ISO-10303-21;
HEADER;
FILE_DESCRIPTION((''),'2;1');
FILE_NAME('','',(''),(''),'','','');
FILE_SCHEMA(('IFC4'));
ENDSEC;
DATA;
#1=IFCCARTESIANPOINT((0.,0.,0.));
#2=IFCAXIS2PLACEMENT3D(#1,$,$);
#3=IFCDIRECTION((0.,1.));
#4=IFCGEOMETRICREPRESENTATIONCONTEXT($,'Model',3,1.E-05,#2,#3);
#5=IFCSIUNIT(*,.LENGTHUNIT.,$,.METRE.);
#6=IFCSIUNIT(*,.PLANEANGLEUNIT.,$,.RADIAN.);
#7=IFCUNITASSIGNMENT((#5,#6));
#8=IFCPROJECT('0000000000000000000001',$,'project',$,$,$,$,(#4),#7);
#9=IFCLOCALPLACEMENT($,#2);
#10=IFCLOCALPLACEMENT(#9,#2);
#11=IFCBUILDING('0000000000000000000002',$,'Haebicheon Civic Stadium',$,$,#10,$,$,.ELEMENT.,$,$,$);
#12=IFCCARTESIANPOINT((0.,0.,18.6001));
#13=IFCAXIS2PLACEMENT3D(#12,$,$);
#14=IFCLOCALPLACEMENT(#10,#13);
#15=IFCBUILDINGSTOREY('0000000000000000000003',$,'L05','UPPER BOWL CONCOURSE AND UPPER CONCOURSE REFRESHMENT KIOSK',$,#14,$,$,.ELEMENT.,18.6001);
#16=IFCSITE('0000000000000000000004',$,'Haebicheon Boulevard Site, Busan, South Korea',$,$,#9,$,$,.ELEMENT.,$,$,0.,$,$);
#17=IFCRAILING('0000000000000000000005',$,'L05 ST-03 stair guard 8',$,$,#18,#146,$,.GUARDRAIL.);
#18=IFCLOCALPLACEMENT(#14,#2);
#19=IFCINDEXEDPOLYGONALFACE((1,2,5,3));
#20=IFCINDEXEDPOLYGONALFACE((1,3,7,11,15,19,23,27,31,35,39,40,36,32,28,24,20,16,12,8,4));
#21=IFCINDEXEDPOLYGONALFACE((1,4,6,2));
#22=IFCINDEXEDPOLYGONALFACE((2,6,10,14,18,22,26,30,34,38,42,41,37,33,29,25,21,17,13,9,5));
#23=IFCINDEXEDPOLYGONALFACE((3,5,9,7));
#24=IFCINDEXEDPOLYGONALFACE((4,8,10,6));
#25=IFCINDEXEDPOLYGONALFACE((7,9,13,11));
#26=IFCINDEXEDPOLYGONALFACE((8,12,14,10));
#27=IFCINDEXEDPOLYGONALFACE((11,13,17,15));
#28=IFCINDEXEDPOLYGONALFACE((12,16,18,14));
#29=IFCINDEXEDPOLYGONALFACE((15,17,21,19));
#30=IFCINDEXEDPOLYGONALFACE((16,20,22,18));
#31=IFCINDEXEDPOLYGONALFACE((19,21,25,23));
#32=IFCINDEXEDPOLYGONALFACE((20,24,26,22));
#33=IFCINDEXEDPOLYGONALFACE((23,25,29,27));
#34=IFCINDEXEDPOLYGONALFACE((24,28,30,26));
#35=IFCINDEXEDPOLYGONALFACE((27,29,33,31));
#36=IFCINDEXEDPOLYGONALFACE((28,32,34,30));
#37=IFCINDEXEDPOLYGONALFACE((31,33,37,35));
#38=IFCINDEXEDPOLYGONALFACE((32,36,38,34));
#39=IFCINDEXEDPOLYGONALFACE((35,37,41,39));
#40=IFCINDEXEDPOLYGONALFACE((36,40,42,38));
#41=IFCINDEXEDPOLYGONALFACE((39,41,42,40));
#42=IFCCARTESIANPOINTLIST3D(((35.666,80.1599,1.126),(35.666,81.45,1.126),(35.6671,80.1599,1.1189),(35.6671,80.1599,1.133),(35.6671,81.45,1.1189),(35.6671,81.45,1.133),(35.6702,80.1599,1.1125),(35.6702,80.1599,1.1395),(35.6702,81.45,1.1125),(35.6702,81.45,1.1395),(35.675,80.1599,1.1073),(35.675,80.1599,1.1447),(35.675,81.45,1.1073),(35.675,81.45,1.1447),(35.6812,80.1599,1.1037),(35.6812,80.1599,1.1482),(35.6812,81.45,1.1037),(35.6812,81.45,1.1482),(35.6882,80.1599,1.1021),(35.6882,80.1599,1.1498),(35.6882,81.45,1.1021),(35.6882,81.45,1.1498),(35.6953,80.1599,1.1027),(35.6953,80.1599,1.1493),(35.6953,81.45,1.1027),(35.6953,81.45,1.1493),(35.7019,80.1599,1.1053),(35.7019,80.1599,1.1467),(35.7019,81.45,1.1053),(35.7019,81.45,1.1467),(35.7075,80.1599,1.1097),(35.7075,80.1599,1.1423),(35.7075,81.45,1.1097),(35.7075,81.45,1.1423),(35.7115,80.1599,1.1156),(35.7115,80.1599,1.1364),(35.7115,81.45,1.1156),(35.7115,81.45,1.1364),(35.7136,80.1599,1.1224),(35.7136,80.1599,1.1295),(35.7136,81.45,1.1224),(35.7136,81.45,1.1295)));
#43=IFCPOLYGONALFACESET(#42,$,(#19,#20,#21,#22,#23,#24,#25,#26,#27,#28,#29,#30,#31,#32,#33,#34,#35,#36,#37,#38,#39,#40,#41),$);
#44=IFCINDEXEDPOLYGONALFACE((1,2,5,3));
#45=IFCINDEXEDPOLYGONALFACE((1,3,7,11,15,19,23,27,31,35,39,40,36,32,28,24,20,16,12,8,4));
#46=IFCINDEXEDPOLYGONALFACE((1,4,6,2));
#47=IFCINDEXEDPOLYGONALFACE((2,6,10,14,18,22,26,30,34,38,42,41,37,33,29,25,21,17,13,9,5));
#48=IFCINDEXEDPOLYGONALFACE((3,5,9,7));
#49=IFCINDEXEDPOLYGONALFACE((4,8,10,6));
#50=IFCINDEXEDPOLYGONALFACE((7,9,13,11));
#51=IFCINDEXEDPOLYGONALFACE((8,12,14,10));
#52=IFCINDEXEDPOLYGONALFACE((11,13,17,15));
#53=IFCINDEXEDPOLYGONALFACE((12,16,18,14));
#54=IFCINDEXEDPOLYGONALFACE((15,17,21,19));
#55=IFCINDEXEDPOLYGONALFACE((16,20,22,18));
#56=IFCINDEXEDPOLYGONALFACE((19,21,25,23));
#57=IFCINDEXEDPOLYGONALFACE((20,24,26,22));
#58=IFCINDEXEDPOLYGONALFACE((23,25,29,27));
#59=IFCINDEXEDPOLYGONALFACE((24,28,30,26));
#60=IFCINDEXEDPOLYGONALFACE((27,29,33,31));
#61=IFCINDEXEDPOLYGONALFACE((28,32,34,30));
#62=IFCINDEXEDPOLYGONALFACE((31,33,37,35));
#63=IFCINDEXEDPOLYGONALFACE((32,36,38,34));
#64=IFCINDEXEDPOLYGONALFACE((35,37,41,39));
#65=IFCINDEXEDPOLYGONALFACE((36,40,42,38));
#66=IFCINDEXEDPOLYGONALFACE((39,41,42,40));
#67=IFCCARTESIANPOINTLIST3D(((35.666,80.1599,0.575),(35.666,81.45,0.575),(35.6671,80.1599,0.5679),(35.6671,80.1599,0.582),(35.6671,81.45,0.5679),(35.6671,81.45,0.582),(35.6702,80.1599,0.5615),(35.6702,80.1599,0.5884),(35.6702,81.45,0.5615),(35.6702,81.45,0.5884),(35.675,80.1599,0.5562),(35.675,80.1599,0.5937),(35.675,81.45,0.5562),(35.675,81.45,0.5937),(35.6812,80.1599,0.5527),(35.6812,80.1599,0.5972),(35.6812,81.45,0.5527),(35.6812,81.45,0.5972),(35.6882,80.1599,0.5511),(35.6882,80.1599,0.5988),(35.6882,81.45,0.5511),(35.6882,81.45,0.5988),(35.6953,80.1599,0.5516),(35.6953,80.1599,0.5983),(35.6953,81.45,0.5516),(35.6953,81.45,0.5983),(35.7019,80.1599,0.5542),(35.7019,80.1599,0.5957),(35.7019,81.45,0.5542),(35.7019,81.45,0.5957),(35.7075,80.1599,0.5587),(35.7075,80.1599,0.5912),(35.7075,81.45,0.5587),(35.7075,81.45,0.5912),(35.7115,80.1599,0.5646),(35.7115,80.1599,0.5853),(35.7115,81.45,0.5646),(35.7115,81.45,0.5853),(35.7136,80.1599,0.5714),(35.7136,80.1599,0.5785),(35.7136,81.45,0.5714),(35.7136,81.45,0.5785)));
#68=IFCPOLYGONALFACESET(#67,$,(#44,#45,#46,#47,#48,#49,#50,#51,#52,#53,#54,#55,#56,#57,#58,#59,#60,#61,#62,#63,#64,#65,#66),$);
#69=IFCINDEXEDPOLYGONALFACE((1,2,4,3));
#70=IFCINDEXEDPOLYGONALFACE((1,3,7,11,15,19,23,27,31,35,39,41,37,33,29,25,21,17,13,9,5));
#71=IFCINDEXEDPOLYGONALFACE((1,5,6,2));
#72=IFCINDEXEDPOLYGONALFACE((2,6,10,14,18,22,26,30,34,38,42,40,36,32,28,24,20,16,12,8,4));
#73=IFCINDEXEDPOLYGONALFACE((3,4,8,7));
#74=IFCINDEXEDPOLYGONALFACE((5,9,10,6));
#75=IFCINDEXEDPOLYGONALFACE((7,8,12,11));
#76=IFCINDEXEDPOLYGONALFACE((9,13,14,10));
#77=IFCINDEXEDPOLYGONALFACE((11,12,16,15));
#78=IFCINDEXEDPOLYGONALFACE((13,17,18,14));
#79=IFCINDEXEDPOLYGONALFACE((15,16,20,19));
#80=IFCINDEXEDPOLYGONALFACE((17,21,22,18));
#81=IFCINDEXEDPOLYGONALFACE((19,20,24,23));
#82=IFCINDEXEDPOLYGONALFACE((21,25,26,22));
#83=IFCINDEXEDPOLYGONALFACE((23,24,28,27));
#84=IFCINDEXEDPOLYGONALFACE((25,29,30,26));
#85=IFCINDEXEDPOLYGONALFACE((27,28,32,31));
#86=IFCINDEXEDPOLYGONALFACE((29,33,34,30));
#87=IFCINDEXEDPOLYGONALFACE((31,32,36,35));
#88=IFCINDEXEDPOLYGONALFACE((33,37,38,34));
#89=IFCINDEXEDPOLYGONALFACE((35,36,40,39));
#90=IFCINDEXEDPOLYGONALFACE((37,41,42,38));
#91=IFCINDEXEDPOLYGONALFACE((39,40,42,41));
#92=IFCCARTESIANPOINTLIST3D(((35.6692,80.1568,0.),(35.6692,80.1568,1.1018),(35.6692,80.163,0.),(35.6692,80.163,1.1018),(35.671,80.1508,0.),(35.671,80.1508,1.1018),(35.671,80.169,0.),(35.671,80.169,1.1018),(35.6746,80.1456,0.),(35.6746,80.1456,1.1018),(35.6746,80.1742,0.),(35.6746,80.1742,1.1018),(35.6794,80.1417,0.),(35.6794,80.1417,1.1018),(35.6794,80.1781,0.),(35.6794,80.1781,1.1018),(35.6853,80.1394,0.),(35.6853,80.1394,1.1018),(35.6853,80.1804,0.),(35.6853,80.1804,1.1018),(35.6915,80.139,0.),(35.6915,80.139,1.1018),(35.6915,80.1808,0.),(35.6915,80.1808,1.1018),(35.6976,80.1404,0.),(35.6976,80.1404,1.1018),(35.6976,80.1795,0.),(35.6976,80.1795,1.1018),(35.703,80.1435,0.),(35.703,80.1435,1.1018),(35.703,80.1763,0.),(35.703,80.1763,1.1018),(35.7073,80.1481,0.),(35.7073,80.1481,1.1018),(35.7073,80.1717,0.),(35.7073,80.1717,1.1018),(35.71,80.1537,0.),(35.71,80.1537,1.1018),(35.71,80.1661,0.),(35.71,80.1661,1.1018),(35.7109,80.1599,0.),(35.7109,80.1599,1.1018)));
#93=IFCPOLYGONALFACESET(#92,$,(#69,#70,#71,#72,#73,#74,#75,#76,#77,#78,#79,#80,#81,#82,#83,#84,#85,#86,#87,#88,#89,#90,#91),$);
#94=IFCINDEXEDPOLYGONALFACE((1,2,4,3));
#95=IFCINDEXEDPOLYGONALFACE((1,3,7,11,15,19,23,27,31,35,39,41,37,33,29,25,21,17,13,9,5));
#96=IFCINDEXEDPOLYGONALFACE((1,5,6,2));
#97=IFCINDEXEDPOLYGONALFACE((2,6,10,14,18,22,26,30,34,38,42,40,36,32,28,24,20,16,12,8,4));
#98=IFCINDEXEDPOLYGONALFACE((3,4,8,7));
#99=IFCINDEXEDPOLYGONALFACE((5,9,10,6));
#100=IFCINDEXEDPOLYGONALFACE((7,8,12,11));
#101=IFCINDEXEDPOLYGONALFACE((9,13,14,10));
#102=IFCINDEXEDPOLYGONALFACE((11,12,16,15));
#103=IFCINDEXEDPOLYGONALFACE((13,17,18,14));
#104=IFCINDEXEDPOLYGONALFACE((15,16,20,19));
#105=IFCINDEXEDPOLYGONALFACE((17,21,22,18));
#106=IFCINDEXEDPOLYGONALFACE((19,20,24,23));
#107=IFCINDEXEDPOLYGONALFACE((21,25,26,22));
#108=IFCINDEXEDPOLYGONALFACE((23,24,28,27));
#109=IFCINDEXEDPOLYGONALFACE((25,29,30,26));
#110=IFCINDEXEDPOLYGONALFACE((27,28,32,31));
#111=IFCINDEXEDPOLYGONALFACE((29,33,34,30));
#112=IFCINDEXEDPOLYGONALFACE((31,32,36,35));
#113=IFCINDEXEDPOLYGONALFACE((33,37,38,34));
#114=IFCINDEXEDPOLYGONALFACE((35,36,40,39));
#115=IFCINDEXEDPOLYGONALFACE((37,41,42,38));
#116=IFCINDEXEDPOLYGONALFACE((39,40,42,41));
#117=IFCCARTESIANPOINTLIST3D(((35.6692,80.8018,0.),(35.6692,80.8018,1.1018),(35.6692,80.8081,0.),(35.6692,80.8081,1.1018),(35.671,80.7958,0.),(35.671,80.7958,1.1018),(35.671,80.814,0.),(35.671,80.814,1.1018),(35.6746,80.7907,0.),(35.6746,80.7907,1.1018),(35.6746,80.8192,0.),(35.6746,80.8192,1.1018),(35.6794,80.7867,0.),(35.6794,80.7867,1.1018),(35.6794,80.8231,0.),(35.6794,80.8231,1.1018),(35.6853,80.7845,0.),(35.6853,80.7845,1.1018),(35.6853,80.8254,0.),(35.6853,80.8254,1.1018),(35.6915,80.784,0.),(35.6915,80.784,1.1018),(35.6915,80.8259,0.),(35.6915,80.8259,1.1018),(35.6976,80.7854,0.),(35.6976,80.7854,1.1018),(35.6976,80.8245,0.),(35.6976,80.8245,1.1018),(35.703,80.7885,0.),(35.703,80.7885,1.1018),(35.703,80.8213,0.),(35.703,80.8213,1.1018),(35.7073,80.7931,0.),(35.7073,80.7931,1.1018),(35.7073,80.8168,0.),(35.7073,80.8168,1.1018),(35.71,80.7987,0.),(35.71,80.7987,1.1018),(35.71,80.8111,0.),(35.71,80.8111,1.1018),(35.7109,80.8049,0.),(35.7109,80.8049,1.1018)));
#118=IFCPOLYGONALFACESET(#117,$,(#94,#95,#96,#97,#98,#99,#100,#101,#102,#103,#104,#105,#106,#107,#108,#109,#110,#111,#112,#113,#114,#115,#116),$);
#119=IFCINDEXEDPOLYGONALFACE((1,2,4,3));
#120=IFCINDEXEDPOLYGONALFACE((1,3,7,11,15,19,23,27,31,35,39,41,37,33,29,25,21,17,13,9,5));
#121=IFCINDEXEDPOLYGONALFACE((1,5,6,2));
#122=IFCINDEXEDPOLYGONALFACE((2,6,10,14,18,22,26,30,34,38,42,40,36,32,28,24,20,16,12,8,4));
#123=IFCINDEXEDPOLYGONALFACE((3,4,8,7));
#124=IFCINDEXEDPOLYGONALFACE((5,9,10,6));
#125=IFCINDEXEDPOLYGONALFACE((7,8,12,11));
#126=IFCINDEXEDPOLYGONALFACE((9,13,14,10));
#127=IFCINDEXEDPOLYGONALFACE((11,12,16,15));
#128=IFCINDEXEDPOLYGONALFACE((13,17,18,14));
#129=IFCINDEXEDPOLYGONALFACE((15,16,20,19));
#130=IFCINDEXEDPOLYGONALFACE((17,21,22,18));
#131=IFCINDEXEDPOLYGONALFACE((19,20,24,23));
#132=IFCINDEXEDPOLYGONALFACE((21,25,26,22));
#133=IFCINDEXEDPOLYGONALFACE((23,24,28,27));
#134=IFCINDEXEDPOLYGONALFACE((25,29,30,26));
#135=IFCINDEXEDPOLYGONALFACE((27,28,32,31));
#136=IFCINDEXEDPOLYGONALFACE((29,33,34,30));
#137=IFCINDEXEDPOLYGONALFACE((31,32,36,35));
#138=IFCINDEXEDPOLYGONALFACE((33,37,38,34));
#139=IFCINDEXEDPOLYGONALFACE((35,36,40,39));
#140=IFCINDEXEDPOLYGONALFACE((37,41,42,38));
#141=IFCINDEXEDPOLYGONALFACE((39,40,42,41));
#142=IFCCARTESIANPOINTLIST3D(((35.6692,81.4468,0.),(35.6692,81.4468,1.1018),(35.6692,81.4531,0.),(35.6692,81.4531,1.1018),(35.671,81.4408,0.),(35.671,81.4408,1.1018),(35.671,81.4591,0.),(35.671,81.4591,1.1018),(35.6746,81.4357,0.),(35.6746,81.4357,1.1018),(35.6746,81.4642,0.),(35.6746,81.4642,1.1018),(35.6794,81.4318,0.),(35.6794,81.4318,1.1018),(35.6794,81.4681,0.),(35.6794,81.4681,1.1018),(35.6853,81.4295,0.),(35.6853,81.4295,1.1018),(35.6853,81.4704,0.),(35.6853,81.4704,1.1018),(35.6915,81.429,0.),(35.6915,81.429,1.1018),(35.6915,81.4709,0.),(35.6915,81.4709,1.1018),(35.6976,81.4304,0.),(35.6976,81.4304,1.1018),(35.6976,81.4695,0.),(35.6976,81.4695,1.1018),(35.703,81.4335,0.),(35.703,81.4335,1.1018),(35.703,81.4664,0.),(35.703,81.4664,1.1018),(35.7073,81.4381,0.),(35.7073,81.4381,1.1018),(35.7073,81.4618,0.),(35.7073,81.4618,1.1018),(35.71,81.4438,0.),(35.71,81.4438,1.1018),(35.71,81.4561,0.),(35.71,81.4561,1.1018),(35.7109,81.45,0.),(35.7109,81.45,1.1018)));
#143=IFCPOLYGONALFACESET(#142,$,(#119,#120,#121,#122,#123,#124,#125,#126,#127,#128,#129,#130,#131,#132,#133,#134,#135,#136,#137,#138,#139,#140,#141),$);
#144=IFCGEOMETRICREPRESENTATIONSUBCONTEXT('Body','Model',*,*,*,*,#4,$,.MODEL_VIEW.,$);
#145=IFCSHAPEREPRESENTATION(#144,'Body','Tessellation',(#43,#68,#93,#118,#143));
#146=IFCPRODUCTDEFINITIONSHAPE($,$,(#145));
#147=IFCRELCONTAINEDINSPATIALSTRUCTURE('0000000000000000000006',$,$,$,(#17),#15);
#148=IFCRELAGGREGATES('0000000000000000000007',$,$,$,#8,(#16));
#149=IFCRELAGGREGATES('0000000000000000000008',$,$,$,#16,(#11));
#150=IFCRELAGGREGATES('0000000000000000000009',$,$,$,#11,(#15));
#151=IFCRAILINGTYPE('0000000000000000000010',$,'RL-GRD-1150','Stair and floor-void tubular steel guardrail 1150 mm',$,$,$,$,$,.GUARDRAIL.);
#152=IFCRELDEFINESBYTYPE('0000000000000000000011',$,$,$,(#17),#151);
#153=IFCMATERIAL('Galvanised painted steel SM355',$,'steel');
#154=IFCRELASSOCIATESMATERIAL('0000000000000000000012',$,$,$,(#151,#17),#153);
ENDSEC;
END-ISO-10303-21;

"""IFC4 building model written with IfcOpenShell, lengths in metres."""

from ifc_helpers import new_model, si_unit, direction, frame, origin, origin_2d, place, context, subcontext, project, spatial, circle, extrude, material, type_object, element, save


model = new_model("IFC4")

# Units and contexts
model_context = context("Model", 3, precision=1e-05, world=origin(), true_north=direction((0.0, 1.0)))
body_context = subcontext(model_context, "Body", "Model", "MODEL_VIEW")
ifc_project = project(units=[si_unit("LENGTHUNIT", "METRE"), si_unit("PLANEANGLEUNIT", "RADIAN")], contexts=[model_context])

# Site, building, storey
site_placement = place(None, origin())
site = spatial("IfcSite", under=ifc_project, at=site_placement, Name="Haebicheon Boulevard Site, Busan, South Korea", CompositionType="ELEMENT", RefElevation=0.0)
building_placement = place(site_placement, origin())
building = spatial("IfcBuilding", under=site, at=building_placement, Name="Haebicheon Civic Stadium", CompositionType="ELEMENT")
storey_placement = place(building_placement, frame((0.0, 0.0, 18.6001)))
storey = spatial("IfcBuildingStorey", under=building, at=storey_placement, Name="L05", Description="UPPER BOWL CONCOURSE AND UPPER CONCOURSE REFRESHMENT KIOSK", CompositionType="ELEMENT", Elevation=18.6001)

# Railing
ifc_material_1 = material(Name="Galvanised painted steel SM355", Category="steel")
railing_type = type_object("IfcRailingType", Name="RL-GRD-1150", Description="Stair and floor-void tubular steel guardrail 1150 mm", PredefinedType="GUARDRAIL", material=ifc_material_1)
for number, where, name in (
    (1, (35.6899, 80.1599, 0.0), "L05 ST-03 stair guard 8"),
):
    element("IfcRailing", number, at=place(storey_placement, frame(where)), inside=storey, type_object=railing_type, material=ifc_material_1, Name=name, PredefinedType="GUARDRAIL", context=body_context, shape_type="SweptSolid", body=[
        extrude(circle(Radius=0.0239, at=origin_2d()), frame((0.0, 0.0, 1.126), z_axis=(0.0, 1.0, 0.0), x_axis=(-1.0, 0.0, 0.0)), (0.0, 0.0, 1.0), 1.29),
        extrude(circle(Radius=0.0239, at=origin_2d()), frame((0.0, 0.0, 0.575), z_axis=(0.0, 1.0, 0.0), x_axis=(-1.0, 0.0, 0.0)), (0.0, 0.0, 1.0), 1.29),
        extrude(circle(Radius=0.021, at=origin_2d()), origin(), (0.0, 0.0, 1.0), 1.1018),
        extrude(circle(Radius=0.021, at=origin_2d()), frame((0.0, 0.645, 0.0)), (0.0, 0.0, 1.0), 1.1018),
        extrude(circle(Radius=0.021, at=origin_2d()), frame((0.0, 1.29, 0.0)), (0.0, 0.0, 1.0), 1.1018),
    ])

save(model, "model.ifc")
